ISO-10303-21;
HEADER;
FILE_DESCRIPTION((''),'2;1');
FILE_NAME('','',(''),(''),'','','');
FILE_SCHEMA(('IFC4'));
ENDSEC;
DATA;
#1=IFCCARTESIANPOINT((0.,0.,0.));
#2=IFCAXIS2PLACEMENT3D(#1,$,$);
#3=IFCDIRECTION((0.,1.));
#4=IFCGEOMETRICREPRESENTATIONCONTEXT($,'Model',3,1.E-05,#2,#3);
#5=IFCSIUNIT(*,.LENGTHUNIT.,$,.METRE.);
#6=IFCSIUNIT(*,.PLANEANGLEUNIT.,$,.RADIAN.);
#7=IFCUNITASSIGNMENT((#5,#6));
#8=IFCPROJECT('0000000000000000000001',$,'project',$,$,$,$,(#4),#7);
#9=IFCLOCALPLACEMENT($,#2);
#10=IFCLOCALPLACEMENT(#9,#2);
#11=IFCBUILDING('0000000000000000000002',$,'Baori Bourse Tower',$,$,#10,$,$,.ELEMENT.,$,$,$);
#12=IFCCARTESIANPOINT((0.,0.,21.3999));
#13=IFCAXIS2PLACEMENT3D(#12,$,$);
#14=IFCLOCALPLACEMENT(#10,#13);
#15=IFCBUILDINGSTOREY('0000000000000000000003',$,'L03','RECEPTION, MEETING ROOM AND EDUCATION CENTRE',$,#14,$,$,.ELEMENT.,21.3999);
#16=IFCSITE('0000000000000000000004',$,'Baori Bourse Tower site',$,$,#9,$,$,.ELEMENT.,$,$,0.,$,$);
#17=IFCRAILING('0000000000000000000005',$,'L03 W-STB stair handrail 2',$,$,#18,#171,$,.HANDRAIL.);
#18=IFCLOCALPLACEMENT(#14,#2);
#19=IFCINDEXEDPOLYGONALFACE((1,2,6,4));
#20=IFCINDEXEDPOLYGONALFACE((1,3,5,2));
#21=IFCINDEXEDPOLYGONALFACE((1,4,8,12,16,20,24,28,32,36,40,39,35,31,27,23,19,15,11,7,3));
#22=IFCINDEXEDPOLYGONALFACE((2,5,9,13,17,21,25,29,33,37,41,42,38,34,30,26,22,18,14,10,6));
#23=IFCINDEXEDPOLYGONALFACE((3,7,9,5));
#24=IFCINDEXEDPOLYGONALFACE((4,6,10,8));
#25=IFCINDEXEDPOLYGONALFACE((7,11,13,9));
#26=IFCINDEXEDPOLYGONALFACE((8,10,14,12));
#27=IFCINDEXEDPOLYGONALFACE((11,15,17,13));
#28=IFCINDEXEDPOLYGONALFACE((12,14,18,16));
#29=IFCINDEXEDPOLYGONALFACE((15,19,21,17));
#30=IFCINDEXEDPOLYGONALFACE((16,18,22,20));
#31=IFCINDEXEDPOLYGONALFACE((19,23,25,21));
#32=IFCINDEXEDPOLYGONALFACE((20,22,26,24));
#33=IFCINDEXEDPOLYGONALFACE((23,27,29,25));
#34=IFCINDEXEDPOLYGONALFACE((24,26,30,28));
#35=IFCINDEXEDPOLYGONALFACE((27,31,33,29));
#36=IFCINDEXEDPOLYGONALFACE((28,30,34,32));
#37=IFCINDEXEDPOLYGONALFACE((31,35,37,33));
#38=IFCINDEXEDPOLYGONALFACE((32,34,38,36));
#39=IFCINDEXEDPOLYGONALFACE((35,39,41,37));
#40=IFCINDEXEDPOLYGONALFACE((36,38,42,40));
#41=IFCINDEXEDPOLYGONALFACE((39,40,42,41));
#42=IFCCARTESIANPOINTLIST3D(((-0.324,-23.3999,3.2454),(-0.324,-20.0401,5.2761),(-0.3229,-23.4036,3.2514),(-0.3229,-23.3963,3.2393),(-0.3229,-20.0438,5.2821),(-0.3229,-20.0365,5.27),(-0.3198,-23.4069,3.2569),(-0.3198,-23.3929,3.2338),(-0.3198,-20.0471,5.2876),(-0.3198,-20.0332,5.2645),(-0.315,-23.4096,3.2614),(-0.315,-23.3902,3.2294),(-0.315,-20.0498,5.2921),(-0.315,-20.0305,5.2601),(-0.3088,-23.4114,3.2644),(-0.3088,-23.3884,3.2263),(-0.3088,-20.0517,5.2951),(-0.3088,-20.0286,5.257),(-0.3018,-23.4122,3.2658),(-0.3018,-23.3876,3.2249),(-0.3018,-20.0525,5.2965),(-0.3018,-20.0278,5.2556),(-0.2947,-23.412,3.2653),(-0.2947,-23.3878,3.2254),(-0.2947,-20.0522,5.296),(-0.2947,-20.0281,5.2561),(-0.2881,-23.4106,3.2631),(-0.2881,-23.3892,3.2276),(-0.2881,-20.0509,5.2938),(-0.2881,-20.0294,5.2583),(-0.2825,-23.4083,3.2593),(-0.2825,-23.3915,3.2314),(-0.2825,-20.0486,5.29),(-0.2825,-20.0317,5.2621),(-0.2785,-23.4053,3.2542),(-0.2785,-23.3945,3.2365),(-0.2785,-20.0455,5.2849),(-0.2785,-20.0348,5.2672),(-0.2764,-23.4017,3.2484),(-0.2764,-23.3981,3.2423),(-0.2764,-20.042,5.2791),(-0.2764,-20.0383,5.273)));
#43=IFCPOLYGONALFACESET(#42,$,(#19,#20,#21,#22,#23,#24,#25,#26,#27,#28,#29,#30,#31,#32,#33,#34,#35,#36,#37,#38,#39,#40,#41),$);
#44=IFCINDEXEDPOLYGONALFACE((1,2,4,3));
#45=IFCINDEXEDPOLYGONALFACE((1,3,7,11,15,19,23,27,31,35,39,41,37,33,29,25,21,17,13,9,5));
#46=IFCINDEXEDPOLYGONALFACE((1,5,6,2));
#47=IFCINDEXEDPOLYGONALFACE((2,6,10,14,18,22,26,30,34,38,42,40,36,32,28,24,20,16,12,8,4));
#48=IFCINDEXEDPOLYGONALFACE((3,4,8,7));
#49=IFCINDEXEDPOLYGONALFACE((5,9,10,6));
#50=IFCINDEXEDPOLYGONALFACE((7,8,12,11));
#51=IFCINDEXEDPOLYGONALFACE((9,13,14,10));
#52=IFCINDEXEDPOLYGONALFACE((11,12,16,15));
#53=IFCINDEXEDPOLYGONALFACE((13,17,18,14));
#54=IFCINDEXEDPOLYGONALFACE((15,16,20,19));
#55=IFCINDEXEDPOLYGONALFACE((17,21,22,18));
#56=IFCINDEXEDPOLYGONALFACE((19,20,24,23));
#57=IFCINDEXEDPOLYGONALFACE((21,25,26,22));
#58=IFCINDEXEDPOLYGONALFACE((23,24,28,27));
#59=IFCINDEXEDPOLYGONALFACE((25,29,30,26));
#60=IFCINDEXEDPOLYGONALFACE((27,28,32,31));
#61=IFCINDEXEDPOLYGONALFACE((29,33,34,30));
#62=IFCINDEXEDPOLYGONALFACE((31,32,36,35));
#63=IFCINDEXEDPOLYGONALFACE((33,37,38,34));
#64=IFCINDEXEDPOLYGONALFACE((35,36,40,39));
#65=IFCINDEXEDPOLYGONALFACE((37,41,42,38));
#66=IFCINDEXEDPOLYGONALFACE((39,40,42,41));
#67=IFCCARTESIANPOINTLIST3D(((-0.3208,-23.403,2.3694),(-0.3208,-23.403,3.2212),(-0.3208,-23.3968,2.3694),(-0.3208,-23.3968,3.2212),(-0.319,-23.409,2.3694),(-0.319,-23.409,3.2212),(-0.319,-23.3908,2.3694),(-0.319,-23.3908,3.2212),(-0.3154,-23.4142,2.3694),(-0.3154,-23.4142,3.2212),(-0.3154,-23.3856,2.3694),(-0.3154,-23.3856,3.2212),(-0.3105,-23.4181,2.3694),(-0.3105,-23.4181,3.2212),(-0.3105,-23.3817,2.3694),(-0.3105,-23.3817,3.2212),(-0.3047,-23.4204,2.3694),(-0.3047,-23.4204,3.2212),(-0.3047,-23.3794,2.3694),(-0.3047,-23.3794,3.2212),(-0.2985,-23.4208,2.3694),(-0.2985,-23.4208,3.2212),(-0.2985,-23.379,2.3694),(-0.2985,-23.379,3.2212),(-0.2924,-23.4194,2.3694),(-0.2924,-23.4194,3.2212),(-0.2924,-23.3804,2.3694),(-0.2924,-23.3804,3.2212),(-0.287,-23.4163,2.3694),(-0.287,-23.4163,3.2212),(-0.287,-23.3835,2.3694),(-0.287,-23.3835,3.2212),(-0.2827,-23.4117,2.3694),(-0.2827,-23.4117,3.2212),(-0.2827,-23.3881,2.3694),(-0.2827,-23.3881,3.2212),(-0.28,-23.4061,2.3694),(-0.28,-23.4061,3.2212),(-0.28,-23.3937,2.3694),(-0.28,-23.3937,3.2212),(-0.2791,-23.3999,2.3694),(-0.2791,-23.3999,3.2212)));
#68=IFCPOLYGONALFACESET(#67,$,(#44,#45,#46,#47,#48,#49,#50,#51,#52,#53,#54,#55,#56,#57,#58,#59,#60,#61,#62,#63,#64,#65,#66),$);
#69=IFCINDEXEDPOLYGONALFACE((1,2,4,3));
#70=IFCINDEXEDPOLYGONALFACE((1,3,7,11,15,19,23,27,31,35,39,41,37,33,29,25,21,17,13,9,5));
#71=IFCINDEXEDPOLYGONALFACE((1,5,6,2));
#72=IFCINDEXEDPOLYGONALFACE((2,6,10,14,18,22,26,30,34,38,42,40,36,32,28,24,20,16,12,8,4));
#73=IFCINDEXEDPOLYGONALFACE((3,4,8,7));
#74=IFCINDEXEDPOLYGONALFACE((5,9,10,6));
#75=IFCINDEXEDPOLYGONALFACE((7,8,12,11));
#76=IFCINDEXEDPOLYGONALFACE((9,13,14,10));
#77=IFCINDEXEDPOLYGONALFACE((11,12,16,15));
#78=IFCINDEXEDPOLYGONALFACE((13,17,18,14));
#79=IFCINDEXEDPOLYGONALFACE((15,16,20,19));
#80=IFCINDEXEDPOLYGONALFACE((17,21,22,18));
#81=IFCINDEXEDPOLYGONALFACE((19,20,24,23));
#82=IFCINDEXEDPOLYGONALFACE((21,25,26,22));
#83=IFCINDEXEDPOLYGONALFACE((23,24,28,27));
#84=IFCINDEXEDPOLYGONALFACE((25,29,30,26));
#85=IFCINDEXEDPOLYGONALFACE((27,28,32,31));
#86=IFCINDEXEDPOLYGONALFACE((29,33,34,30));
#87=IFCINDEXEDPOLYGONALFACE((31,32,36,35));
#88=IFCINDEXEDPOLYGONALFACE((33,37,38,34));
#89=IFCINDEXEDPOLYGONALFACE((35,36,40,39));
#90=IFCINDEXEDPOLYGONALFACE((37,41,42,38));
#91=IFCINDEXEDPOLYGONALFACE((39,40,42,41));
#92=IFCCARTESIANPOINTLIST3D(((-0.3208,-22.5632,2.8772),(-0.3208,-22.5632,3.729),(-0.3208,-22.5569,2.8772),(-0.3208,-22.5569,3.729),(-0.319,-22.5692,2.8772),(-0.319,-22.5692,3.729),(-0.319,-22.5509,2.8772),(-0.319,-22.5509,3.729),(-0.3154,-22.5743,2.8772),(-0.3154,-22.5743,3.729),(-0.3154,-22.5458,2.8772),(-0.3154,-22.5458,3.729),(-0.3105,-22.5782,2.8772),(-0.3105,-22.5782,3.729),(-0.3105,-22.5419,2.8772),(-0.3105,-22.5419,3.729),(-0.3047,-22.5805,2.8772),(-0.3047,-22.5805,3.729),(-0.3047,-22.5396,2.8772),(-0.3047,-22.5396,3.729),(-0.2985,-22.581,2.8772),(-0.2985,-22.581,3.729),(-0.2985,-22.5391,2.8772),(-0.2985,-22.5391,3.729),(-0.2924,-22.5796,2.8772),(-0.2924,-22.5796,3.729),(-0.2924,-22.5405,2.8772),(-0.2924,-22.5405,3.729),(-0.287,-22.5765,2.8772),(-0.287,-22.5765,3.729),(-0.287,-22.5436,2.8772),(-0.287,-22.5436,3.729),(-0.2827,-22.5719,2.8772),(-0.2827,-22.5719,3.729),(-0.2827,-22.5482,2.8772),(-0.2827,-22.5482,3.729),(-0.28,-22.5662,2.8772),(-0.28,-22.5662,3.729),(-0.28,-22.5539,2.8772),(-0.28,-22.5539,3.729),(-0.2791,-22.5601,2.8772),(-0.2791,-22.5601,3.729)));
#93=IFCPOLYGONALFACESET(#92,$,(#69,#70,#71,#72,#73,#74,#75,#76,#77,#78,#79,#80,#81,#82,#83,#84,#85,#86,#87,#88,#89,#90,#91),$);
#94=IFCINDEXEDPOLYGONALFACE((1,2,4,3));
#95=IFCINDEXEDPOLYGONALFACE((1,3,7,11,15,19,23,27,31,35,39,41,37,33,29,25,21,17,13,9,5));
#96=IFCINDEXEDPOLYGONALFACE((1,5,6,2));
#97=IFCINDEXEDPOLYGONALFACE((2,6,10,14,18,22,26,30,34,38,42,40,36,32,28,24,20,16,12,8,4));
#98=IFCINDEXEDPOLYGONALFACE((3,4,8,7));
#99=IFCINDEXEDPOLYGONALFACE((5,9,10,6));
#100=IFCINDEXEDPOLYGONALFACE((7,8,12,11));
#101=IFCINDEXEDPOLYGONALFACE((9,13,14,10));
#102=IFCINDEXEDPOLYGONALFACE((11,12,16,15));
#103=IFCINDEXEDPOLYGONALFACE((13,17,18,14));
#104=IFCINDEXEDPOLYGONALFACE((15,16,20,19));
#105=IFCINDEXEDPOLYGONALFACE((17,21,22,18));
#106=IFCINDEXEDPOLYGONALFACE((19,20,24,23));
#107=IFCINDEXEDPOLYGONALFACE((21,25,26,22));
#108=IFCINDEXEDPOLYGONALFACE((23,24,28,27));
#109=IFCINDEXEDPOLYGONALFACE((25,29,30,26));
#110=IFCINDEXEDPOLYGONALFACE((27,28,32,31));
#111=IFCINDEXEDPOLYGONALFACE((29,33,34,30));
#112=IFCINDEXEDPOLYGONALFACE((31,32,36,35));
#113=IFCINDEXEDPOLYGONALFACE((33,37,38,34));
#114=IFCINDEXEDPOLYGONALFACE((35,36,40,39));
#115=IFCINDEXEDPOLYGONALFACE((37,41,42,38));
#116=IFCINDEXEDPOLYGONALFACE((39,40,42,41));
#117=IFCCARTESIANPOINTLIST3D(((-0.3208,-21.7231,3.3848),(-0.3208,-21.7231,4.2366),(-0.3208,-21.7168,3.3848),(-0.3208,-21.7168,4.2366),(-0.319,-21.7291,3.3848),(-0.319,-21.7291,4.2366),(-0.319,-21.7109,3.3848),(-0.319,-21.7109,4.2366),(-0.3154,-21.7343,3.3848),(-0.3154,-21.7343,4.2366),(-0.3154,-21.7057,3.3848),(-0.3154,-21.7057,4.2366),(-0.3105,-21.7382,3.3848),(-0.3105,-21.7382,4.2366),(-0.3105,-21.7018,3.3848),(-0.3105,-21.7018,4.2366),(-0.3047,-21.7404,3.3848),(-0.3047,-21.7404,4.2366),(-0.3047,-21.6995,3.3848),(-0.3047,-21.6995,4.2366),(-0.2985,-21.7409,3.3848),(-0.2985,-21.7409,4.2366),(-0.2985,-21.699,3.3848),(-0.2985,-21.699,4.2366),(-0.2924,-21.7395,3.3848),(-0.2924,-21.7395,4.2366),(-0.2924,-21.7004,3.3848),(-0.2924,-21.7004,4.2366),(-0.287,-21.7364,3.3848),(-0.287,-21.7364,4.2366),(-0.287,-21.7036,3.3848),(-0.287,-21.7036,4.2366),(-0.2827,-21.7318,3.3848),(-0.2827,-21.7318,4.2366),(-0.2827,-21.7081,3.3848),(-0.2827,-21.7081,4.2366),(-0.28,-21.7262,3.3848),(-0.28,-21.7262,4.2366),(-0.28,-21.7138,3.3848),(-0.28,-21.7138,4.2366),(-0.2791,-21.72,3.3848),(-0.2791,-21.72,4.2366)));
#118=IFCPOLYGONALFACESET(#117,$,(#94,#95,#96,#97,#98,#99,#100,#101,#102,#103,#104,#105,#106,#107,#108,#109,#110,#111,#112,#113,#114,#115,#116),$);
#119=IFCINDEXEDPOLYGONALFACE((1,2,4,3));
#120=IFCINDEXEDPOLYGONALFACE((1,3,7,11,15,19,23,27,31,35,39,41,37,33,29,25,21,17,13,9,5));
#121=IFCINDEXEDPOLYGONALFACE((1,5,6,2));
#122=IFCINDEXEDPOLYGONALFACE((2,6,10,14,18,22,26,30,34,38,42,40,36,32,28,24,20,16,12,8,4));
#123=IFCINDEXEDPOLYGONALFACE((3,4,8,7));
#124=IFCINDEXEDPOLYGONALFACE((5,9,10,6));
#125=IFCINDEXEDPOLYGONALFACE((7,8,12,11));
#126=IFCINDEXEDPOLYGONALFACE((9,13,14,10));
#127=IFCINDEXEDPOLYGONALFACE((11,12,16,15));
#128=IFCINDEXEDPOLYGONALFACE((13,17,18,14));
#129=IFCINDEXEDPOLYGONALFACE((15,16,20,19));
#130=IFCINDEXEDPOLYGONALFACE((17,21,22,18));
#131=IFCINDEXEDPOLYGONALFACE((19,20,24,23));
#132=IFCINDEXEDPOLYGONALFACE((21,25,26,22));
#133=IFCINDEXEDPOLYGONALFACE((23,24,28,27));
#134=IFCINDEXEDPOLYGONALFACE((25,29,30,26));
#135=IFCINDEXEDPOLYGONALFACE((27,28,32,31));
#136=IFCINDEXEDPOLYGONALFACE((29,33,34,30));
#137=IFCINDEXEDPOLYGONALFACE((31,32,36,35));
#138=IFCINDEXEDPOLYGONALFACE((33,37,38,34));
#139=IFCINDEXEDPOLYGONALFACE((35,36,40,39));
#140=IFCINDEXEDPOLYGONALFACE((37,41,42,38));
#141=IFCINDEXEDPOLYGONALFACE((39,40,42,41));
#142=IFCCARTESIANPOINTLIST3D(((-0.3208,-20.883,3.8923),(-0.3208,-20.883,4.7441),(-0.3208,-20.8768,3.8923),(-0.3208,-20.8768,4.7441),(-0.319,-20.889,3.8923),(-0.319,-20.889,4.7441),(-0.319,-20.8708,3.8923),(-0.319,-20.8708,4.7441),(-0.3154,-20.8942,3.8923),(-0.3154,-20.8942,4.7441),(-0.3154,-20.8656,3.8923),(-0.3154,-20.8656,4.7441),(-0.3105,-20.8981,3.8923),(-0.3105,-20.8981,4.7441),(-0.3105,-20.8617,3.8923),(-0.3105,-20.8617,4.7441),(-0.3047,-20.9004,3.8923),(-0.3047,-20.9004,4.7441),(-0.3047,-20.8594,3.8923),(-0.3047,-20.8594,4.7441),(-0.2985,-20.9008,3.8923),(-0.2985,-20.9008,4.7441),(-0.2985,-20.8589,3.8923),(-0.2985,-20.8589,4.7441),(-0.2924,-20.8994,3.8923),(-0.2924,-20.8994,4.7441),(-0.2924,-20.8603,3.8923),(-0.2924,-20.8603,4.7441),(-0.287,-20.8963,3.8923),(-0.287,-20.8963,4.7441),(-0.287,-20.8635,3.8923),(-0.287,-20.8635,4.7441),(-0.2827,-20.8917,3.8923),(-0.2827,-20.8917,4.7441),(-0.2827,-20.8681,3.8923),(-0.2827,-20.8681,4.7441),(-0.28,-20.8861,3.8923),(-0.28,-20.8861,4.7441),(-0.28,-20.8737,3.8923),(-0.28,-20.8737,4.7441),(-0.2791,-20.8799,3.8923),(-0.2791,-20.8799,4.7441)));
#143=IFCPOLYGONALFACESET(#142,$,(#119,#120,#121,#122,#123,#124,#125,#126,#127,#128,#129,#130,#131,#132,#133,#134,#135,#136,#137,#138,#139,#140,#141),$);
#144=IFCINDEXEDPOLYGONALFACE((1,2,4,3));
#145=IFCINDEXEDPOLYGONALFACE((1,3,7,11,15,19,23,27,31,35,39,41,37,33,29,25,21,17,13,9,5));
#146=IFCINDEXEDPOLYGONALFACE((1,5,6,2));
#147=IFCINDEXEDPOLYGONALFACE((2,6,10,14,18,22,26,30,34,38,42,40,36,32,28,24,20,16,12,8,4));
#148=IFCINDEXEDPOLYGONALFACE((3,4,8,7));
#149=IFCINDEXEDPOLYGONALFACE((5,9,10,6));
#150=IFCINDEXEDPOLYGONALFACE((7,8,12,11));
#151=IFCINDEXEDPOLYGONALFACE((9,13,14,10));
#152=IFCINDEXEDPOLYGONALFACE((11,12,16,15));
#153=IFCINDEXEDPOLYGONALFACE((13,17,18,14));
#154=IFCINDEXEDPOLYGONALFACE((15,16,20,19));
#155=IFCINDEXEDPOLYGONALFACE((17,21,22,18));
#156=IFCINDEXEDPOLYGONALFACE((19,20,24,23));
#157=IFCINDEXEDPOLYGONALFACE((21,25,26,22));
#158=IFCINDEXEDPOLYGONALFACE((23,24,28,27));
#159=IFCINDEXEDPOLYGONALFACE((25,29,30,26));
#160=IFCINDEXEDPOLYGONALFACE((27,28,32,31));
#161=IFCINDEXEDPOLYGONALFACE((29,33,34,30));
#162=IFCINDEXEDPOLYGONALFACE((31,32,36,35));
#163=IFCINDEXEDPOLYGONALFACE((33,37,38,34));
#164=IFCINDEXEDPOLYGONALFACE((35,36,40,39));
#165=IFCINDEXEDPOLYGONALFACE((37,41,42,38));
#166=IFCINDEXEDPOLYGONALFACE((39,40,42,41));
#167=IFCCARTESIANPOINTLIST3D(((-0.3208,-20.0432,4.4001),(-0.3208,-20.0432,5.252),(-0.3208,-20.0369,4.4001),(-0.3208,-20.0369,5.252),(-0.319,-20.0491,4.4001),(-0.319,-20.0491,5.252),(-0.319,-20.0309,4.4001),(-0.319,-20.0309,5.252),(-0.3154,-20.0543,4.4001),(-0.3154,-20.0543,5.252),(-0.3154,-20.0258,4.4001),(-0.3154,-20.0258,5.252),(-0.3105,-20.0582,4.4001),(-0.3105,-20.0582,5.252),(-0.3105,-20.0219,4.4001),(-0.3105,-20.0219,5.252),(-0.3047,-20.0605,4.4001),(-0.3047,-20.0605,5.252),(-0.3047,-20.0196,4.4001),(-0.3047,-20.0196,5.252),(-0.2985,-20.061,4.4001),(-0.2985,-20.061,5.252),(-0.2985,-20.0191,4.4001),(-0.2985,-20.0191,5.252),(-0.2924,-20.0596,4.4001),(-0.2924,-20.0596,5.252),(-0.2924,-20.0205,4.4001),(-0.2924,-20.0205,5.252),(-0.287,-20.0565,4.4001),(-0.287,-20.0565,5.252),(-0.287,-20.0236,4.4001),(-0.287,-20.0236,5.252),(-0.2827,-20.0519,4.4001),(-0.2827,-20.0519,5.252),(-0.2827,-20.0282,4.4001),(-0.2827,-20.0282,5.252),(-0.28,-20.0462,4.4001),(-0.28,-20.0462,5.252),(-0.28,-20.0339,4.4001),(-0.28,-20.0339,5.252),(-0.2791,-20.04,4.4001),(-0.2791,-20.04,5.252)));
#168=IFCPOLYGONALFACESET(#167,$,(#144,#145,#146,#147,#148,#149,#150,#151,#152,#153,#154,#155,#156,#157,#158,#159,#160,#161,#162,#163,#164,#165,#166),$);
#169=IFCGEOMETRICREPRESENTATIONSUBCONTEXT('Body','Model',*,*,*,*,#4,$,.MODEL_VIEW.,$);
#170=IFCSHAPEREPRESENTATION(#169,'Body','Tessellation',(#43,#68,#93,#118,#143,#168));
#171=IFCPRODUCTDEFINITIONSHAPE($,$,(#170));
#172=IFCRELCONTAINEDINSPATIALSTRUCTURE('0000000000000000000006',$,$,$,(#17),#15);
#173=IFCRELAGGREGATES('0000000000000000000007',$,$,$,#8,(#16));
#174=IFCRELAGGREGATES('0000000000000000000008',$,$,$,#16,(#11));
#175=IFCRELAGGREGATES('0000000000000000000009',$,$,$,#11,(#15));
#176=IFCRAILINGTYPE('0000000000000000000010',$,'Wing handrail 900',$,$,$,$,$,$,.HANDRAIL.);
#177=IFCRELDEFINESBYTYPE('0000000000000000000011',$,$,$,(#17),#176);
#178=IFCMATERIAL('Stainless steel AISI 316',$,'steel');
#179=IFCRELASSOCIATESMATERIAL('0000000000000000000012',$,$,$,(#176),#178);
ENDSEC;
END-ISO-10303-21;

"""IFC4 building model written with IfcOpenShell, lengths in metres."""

from ifc_helpers import new_model, si_unit, direction, frame, origin, origin_2d, place, context, subcontext, project, spatial, circle, extrude, material, type_object, element, save


model = new_model("IFC4")

# Units and contexts
model_context = context("Model", 3, precision=1e-05, world=origin(), true_north=direction((0.0, 1.0)))
body_context = subcontext(model_context, "Body", "Model", "MODEL_VIEW")
ifc_project = project(units=[si_unit("LENGTHUNIT", "METRE"), si_unit("PLANEANGLEUNIT", "RADIAN")], contexts=[model_context])

# Site, building, storey
site_placement = place(None, origin())
site = spatial("IfcSite", under=ifc_project, at=site_placement, Name="Baori Bourse Tower site", CompositionType="ELEMENT", RefElevation=0.0)
building_placement = place(site_placement, origin())
building = spatial("IfcBuilding", under=site, at=building_placement, Name="Baori Bourse Tower", CompositionType="ELEMENT")
storey_placement = place(building_placement, frame((0.0, 0.0, 21.3999)))
storey = spatial("IfcBuildingStorey", under=building, at=storey_placement, Name="L03", Description="RECEPTION, MEETING ROOM AND EDUCATION CENTRE", CompositionType="ELEMENT", Elevation=21.3999)

# Railing
ifc_material_1 = material(Name="Stainless steel AISI 316", Category="steel")
railing_type_1 = type_object("IfcRailingType", Name="Wing handrail 900", PredefinedType="HANDRAIL", material=ifc_material_1)
railing_1_placement = place(storey_placement, frame((-0.3, -23.3999, 2.3694)))
element("IfcRailing", 1, at=railing_1_placement, inside=storey, type_object=railing_type_1, Name="L03 W-STB stair handrail 2", PredefinedType="HANDRAIL", context=body_context, shape_type="SweptSolid", body=[
    extrude(circle(Radius=0.0239, at=origin_2d()), frame((0.0, 0.0, 0.876), z_axis=(0.0, 0.85582, 0.517273), x_axis=(-1.0, 0.0, 0.0)), (0.0, 0.0, 1.0), 3.9258),
    extrude(circle(Radius=0.021, at=origin_2d()), origin(), (0.0, 0.0, 1.0), 0.8518),
    extrude(circle(Radius=0.021, at=origin_2d()), frame((0.0, 0.8398, 0.5078)), (0.0, 0.0, 1.0), 0.8518),
    extrude(circle(Radius=0.021, at=origin_2d()), frame((0.0, 1.6799, 1.0154)), (0.0, 0.0, 1.0), 0.8518),
    extrude(circle(Radius=0.021, at=origin_2d()), frame((0.0, 2.52, 1.5229)), (0.0, 0.0, 1.0), 0.8518),
    extrude(circle(Radius=0.021, at=origin_2d()), frame((0.0, 3.3599, 2.0308)), (0.0, 0.0, 1.0), 0.8518),
])

save(model, "model.ifc")
